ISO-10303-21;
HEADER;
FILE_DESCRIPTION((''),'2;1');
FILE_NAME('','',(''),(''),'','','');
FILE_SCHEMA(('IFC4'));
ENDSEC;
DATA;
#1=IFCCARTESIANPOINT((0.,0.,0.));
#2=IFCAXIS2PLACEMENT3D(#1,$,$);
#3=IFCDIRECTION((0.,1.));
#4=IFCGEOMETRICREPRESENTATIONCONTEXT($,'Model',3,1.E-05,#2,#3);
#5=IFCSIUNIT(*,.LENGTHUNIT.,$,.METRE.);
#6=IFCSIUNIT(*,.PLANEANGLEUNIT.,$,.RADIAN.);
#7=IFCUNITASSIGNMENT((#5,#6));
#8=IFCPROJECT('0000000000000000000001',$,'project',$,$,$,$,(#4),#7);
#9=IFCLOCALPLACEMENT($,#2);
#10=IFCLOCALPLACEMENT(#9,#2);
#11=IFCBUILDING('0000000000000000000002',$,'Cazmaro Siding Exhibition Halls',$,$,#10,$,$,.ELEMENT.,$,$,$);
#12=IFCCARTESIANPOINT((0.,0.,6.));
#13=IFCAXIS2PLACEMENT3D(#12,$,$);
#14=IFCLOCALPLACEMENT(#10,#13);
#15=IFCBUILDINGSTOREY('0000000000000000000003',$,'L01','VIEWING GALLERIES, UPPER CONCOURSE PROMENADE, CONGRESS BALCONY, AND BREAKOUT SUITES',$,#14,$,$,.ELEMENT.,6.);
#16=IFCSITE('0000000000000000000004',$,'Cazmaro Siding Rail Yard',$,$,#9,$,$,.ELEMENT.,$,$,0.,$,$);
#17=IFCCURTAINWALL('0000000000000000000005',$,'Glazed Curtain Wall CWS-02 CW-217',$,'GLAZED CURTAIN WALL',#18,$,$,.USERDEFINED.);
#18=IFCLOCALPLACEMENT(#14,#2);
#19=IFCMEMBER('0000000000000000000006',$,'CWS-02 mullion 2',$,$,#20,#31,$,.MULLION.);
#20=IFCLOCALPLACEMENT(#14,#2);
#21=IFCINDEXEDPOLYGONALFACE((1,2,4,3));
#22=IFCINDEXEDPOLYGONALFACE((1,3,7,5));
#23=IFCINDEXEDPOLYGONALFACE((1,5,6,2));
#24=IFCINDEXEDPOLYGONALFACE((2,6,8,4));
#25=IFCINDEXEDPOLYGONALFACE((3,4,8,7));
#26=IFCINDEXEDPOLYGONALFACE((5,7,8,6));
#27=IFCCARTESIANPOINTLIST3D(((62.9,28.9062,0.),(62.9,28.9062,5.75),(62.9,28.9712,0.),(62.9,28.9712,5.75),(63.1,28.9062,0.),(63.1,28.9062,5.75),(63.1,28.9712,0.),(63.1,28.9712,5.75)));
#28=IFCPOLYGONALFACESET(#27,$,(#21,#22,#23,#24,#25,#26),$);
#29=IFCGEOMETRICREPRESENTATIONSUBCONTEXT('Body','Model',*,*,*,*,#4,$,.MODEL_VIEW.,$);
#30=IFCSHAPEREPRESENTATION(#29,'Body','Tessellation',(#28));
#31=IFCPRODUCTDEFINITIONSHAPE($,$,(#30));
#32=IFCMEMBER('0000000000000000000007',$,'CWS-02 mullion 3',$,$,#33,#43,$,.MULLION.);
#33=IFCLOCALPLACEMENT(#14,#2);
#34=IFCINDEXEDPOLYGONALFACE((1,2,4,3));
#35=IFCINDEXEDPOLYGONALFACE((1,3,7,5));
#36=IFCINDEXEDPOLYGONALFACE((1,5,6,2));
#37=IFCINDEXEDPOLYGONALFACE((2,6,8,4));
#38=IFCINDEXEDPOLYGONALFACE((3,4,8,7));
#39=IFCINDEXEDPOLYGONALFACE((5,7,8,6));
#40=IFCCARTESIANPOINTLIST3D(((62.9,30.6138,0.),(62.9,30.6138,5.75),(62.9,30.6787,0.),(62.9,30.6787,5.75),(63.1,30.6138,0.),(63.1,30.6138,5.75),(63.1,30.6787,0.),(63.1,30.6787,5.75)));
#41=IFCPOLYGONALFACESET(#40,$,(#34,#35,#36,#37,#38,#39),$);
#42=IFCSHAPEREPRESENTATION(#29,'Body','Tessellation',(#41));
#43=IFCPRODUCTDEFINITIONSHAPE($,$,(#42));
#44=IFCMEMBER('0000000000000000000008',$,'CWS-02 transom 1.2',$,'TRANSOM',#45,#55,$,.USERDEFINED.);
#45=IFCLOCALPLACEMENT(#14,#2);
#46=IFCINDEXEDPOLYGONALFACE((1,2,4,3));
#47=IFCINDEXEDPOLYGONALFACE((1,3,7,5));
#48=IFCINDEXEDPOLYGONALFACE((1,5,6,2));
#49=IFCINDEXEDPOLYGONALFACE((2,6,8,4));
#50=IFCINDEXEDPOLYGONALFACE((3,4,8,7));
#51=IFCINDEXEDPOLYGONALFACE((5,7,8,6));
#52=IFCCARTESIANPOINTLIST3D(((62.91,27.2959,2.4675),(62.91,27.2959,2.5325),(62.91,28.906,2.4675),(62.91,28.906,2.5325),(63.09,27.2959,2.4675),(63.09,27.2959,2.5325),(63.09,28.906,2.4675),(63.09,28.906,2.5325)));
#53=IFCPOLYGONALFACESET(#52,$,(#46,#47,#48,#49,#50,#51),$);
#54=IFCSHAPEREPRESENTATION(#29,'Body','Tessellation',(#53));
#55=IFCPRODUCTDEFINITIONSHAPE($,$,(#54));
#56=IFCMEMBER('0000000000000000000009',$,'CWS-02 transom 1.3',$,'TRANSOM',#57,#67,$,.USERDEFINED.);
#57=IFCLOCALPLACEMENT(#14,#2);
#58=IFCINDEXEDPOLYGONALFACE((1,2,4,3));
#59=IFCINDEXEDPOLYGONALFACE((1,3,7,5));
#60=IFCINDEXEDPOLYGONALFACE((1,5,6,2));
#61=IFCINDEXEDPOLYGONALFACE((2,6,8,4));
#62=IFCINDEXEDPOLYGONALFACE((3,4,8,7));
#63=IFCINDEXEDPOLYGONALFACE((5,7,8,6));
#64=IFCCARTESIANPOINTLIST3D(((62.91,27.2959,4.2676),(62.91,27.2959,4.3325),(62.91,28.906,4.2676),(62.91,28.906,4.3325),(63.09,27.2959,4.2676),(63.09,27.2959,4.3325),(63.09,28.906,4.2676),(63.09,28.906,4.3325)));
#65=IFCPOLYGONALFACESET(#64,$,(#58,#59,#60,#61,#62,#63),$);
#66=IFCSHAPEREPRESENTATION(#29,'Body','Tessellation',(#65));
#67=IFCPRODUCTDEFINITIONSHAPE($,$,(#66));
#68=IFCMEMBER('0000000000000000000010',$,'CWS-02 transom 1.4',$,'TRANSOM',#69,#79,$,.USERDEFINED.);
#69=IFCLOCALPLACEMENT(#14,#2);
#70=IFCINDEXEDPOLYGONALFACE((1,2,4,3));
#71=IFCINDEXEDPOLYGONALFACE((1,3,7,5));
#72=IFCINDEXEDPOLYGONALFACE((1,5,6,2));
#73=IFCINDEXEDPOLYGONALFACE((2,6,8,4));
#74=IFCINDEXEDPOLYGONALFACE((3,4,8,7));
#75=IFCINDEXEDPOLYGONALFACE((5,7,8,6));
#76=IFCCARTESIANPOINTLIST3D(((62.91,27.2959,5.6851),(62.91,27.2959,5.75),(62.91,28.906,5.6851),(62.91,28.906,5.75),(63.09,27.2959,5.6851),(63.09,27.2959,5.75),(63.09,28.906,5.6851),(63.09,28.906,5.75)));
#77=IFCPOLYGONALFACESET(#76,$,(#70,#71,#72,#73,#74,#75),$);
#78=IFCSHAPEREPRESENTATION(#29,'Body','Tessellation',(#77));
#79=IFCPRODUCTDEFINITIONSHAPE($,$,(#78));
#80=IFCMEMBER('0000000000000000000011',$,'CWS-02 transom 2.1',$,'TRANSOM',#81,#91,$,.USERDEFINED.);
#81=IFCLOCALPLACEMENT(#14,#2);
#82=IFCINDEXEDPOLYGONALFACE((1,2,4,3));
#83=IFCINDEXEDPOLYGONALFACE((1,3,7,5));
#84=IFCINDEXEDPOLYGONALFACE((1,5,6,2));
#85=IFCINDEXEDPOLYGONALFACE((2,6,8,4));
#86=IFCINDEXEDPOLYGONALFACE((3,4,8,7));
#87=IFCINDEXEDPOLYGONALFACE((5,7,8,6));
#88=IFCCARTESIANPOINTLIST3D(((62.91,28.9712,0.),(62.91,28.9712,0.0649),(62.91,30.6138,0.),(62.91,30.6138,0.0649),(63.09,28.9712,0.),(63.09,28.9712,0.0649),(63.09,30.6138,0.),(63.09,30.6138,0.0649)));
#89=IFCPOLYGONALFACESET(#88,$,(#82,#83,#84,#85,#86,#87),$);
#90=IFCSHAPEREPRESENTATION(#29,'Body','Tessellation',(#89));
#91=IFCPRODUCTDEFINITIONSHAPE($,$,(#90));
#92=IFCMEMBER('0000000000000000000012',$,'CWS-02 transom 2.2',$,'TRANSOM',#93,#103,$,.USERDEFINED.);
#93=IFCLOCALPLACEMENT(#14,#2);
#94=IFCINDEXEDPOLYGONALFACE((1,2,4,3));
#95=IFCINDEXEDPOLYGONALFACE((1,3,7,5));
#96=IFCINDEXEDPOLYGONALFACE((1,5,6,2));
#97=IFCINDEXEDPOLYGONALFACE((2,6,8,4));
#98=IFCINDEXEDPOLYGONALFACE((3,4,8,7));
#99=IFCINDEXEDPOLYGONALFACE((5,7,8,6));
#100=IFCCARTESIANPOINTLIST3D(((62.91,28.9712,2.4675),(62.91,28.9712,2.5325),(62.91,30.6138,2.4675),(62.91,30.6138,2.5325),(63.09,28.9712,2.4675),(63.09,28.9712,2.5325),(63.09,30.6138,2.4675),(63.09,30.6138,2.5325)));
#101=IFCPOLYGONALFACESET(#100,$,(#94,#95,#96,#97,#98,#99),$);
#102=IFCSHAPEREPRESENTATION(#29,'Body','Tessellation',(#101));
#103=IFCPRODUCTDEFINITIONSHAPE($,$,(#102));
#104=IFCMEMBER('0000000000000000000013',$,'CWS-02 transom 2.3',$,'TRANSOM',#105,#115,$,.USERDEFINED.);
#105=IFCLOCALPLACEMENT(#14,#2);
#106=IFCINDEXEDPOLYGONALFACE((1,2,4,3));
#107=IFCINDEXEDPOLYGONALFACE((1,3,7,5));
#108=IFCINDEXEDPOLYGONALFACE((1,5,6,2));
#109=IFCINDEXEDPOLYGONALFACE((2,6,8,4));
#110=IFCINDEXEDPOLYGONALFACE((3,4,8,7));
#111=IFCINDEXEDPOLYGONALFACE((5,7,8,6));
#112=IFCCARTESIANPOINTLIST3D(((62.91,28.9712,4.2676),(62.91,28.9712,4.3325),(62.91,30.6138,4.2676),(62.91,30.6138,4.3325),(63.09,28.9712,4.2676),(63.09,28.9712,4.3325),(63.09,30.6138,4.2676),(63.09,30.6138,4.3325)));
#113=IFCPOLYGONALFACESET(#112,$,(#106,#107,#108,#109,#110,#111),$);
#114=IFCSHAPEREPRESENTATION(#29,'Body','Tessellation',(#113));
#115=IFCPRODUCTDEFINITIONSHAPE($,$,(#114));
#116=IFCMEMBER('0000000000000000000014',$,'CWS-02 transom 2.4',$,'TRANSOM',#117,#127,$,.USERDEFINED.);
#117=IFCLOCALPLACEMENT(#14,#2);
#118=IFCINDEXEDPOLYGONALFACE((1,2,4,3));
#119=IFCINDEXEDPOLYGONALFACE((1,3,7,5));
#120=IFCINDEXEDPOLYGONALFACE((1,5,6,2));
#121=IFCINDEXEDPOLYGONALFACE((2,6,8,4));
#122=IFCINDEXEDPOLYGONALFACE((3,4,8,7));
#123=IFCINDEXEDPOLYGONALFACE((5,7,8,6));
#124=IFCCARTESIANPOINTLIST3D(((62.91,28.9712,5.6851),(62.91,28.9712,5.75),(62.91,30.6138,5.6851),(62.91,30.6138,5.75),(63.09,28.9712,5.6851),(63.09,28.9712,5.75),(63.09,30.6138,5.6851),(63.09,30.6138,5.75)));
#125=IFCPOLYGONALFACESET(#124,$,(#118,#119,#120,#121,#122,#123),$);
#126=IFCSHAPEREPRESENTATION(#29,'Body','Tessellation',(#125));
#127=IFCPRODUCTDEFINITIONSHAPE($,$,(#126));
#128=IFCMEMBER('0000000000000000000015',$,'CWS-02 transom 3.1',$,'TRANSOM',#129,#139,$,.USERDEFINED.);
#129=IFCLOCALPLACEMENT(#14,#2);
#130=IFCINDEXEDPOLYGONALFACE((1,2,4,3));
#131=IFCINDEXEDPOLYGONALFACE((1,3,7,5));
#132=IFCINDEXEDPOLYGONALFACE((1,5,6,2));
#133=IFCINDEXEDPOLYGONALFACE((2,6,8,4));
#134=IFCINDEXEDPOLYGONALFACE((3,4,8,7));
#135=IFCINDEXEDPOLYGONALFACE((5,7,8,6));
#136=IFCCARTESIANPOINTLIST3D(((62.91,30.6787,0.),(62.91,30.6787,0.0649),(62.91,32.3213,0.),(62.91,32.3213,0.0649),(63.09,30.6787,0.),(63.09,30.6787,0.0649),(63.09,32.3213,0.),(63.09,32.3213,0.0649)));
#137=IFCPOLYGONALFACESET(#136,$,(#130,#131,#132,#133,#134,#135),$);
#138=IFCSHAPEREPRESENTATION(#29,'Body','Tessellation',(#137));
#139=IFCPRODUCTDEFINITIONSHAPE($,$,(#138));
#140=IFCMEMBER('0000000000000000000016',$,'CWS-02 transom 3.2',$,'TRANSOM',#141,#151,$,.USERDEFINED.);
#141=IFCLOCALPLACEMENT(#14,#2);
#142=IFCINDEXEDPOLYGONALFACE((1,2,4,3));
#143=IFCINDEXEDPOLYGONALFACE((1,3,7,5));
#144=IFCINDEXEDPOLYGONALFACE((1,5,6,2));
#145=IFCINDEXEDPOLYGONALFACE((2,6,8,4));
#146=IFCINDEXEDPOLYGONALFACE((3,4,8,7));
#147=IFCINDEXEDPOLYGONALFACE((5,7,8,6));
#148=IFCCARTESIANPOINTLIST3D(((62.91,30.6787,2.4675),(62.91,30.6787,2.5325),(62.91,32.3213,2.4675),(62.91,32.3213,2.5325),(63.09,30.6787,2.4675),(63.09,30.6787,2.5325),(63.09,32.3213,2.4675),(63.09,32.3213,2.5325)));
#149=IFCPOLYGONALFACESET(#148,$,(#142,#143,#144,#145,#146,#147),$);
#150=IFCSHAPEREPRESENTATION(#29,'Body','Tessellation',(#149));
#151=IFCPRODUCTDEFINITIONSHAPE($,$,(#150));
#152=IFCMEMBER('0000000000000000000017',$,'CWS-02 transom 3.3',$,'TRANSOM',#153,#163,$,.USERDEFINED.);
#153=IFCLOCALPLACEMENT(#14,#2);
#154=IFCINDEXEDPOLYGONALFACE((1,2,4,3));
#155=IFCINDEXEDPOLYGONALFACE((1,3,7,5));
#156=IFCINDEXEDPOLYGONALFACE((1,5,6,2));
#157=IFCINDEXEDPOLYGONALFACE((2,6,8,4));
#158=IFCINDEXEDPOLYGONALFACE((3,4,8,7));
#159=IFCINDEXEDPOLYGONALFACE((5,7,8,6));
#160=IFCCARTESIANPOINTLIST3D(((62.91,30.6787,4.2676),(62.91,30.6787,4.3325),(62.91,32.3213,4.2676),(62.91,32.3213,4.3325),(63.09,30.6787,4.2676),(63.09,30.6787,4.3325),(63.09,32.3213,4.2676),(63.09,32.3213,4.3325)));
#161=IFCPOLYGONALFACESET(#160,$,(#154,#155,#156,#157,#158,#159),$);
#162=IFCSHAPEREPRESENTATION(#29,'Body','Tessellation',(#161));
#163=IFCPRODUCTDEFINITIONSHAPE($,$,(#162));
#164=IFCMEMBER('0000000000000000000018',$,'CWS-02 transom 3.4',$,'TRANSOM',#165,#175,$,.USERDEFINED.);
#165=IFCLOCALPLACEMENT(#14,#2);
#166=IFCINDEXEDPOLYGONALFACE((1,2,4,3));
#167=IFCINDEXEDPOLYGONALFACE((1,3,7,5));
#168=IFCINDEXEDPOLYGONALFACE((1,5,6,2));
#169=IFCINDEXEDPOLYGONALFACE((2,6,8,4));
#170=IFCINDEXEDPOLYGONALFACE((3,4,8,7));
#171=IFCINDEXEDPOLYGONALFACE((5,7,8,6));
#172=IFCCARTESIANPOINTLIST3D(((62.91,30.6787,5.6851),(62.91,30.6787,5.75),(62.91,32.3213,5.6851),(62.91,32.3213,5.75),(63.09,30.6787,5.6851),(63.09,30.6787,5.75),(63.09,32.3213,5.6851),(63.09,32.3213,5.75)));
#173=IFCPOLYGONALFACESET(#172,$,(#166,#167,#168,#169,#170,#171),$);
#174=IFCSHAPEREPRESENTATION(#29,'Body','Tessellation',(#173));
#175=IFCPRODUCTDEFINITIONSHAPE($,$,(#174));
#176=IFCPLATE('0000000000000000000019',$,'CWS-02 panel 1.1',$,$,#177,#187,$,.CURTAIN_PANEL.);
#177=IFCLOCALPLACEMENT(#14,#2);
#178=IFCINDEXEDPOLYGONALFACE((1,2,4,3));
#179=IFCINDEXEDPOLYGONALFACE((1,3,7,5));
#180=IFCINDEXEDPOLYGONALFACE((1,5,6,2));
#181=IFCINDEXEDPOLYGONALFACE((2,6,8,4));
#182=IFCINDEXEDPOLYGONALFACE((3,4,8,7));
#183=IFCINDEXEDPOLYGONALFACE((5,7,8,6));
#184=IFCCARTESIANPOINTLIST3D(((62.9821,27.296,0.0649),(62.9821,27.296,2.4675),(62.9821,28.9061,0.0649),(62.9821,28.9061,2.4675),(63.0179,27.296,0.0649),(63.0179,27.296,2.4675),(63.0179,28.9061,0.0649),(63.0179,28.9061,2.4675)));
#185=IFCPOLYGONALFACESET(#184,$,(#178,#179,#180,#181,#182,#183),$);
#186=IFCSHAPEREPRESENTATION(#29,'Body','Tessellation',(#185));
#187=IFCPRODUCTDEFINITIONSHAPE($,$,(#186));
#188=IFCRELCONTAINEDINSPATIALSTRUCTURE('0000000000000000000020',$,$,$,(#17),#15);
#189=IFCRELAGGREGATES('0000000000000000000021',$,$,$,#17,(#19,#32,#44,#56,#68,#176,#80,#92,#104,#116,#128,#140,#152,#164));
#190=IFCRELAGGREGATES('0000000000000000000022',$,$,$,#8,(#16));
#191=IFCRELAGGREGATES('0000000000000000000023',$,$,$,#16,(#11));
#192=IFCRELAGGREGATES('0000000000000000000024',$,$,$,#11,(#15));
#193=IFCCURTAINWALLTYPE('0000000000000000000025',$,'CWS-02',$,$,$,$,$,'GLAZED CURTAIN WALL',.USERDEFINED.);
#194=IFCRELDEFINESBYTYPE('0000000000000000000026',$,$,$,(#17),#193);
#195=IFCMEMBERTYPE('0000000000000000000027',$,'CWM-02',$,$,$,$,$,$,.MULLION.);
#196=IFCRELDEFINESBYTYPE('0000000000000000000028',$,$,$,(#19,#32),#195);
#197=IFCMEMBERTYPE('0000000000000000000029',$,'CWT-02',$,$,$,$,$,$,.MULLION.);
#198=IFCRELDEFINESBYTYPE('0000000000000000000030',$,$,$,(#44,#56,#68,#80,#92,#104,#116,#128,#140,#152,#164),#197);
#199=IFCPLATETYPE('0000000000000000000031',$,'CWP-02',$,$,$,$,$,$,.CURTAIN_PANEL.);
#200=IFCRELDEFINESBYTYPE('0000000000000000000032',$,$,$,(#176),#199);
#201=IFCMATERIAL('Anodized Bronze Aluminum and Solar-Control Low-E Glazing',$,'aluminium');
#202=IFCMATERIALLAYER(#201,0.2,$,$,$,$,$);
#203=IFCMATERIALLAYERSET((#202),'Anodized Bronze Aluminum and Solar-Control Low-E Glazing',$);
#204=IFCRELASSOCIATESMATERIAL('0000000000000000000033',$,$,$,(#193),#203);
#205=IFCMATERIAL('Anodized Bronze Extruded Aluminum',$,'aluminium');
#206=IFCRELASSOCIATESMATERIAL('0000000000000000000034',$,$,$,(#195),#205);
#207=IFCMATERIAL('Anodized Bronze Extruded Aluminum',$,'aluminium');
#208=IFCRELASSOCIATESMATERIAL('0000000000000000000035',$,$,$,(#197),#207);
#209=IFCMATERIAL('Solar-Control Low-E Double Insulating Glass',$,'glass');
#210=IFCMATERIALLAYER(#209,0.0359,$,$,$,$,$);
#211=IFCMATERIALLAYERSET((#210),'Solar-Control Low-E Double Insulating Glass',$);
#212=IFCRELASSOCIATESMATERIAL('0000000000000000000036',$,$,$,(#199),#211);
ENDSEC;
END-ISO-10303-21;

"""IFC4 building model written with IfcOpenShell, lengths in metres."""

from ifc_helpers import new_model, si_unit, direction, frame, origin, origin_2d, place, context, subcontext, project, spatial, rectangle, extrude, material, layer, layer_set, material_profile, profile_set, type_object, element, aggregate, save


model = new_model("IFC4")

# Units and contexts
model_context = context("Model", 3, precision=1e-05, world=origin(), true_north=direction((0.0, 1.0)))
body_context = subcontext(model_context, "Body", "Model", "MODEL_VIEW")
ifc_project = project(units=[si_unit("LENGTHUNIT", "METRE"), si_unit("PLANEANGLEUNIT", "RADIAN")], contexts=[model_context])

# Site, building, storey
site_placement = place(None, origin())
site = spatial("IfcSite", under=ifc_project, at=site_placement, Name="Cazmaro Siding Rail Yard", CompositionType="ELEMENT", RefElevation=0.0)
building_placement = place(site_placement, origin())
building = spatial("IfcBuilding", under=site, at=building_placement, Name="Cazmaro Siding Exhibition Halls", CompositionType="ELEMENT")
storey_placement = place(building_placement, frame((0.0, 0.0, 6.0)))
storey = spatial("IfcBuildingStorey", under=building, at=storey_placement, Name="L01", Description="VIEWING GALLERIES, UPPER CONCOURSE PROMENADE, CONGRESS BALCONY, AND BREAKOUT SUITES", CompositionType="ELEMENT", Elevation=6.0)

# Curtain wall, members, plate
ifc_material_1 = material(Name="Anodized Bronze Aluminum and Solar-Control Low-E Glazing", Category="aluminium")
ifc_layer_1 = layer(ifc_material_1, 0.2)
ifc_layer_set_1 = layer_set([ifc_layer_1], Name="Anodized Bronze Aluminum and Solar-Control Low-E Glazing")
curtain_wall_type = type_object("IfcCurtainWallType", Name="CWS-02", ElementType="GLAZED CURTAIN WALL", PredefinedType="USERDEFINED", material=ifc_layer_set_1)
curtain_wall_placement = place(storey_placement, origin())
curtain_wall = element("IfcCurtainWall", 1, at=curtain_wall_placement, inside=storey, type_object=curtain_wall_type, Name="Glazed Curtain Wall CWS-02 CW-217", ObjectType="GLAZED CURTAIN WALL", PredefinedType="USERDEFINED")
ifc_material_2 = material(Name="Anodized Bronze Extruded Aluminum", Category="aluminium")
ifc_material_profile_1 = material_profile(ifc_material_2, rectangle(XDim=0.2, YDim=0.0649, at=origin_2d()), Name="CWM-02")
ifc_profile_set_1 = profile_set([ifc_material_profile_1], Name="Anodized Bronze Extruded Aluminum")
member_type_1 = type_object("IfcMemberType", Name="CWM-02", PredefinedType="MULLION", material=ifc_profile_set_1)
member_1_placement = place(storey_placement, frame((63.0, 28.9387, 0.0), z_axis=(0.0, 0.0, 1.0), x_axis=(-1.0, 0.0, 0.0)))
member_1 = element("IfcMember", 2, at=member_1_placement, type_object=member_type_1, Name="CWS-02 mullion 2", PredefinedType="MULLION", context=body_context, shape_type="SweptSolid", body=[
    extrude(rectangle(XDim=0.2, YDim=0.0649, at=origin_2d()), origin(), (0.0, 0.0, 1.0), 5.75),
])
member_2_placement = place(storey_placement, frame((63.0, 30.6462, 0.0), z_axis=(0.0, 0.0, 1.0), x_axis=(-1.0, 0.0, 0.0)))
member_2 = element("IfcMember", 3, at=member_2_placement, type_object=member_type_1, Name="CWS-02 mullion 3", PredefinedType="MULLION", context=body_context, shape_type="SweptSolid", body=[
    extrude(rectangle(XDim=0.2, YDim=0.0649, at=origin_2d()), origin(), (0.0, 0.0, 1.0), 5.75),
])
ifc_material_3 = material(Name="Anodized Bronze Extruded Aluminum", Category="aluminium")
ifc_material_profile_2 = material_profile(ifc_material_3, rectangle(XDim=0.1799, YDim=0.0649, at=origin_2d()), Name="CWT-02")
ifc_profile_set_2 = profile_set([ifc_material_profile_2], Name="Anodized Bronze Extruded Aluminum")
member_type_2 = type_object("IfcMemberType", Name="CWT-02", PredefinedType="MULLION", material=ifc_profile_set_2)
member_3_placement = place(storey_placement, frame((63.0, 27.2959, 2.5), z_axis=(0.0, 1.0, 0.0), x_axis=(-1.0, 0.0, 0.0)))
member_3 = element("IfcMember", 4, at=member_3_placement, type_object=member_type_2, Name="CWS-02 transom 1.2", ObjectType="TRANSOM", PredefinedType="USERDEFINED", context=body_context, shape_type="SweptSolid", body=[
    extrude(rectangle(XDim=0.1799, YDim=0.0649, at=origin_2d()), origin(), (0.0, 0.0, 1.0), 1.6101),
])
member_4_placement = place(storey_placement, frame((63.0, 27.2959, 4.3), z_axis=(0.0, 1.0, 0.0), x_axis=(-1.0, 0.0, 0.0)))
member_4 = element("IfcMember", 5, at=member_4_placement, type_object=member_type_2, Name="CWS-02 transom 1.3", ObjectType="TRANSOM", PredefinedType="USERDEFINED", context=body_context, shape_type="SweptSolid", body=[
    extrude(rectangle(XDim=0.1799, YDim=0.0649, at=origin_2d()), origin(), (0.0, 0.0, 1.0), 1.6101),
])
member_5_placement = place(storey_placement, frame((63.0, 27.2959, 5.7175), z_axis=(0.0, 1.0, 0.0), x_axis=(-1.0, 0.0, 0.0)))
member_5 = element("IfcMember", 6, at=member_5_placement, type_object=member_type_2, Name="CWS-02 transom 1.4", ObjectType="TRANSOM", PredefinedType="USERDEFINED", context=body_context, shape_type="SweptSolid", body=[
    extrude(rectangle(XDim=0.1799, YDim=0.0649, at=origin_2d()), origin(), (0.0, 0.0, 1.0), 1.6101),
])
member_6_placement = place(storey_placement, frame((63.0, 28.9712, 0.0325), z_axis=(0.0, 1.0, 0.0), x_axis=(-1.0, 0.0, 0.0)))
member_6 = element("IfcMember", 7, at=member_6_placement, type_object=member_type_2, Name="CWS-02 transom 2.1", ObjectType="TRANSOM", PredefinedType="USERDEFINED", context=body_context, shape_type="SweptSolid", body=[
    extrude(rectangle(XDim=0.1799, YDim=0.0649, at=origin_2d()), origin(), (0.0, 0.0, 1.0), 1.6426),
])
member_7_placement = place(storey_placement, frame((63.0, 28.9712, 2.5), z_axis=(0.0, 1.0, 0.0), x_axis=(-1.0, 0.0, 0.0)))
member_7 = element("IfcMember", 8, at=member_7_placement, type_object=member_type_2, Name="CWS-02 transom 2.2", ObjectType="TRANSOM", PredefinedType="USERDEFINED", context=body_context, shape_type="SweptSolid", body=[
    extrude(rectangle(XDim=0.1799, YDim=0.0649, at=origin_2d()), origin(), (0.0, 0.0, 1.0), 1.6426),
])
member_8_placement = place(storey_placement, frame((63.0, 28.9712, 4.3), z_axis=(0.0, 1.0, 0.0), x_axis=(-1.0, 0.0, 0.0)))
member_8 = element("IfcMember", 9, at=member_8_placement, type_object=member_type_2, Name="CWS-02 transom 2.3", ObjectType="TRANSOM", PredefinedType="USERDEFINED", context=body_context, shape_type="SweptSolid", body=[
    extrude(rectangle(XDim=0.1799, YDim=0.0649, at=origin_2d()), origin(), (0.0, 0.0, 1.0), 1.6426),
])
member_9_placement = place(storey_placement, frame((63.0, 28.9712, 5.7175), z_axis=(0.0, 1.0, 0.0), x_axis=(-1.0, 0.0, 0.0)))
member_9 = element("IfcMember", 10, at=member_9_placement, type_object=member_type_2, Name="CWS-02 transom 2.4", ObjectType="TRANSOM", PredefinedType="USERDEFINED", context=body_context, shape_type="SweptSolid", body=[
    extrude(rectangle(XDim=0.1799, YDim=0.0649, at=origin_2d()), origin(), (0.0, 0.0, 1.0), 1.6426),
])
member_10_placement = place(storey_placement, frame((63.0, 30.6787, 0.0325), z_axis=(0.0, 1.0, 0.0), x_axis=(-1.0, 0.0, 0.0)))
member_10 = element("IfcMember", 11, at=member_10_placement, type_object=member_type_2, Name="CWS-02 transom 3.1", ObjectType="TRANSOM", PredefinedType="USERDEFINED", context=body_context, shape_type="SweptSolid", body=[
    extrude(rectangle(XDim=0.1799, YDim=0.0649, at=origin_2d()), origin(), (0.0, 0.0, 1.0), 1.6426),
])
member_11_placement = place(storey_placement, frame((63.0, 30.6787, 2.5), z_axis=(0.0, 1.0, 0.0), x_axis=(-1.0, 0.0, 0.0)))
member_11 = element("IfcMember", 12, at=member_11_placement, type_object=member_type_2, Name="CWS-02 transom 3.2", ObjectType="TRANSOM", PredefinedType="USERDEFINED", context=body_context, shape_type="SweptSolid", body=[
    extrude(rectangle(XDim=0.1799, YDim=0.0649, at=origin_2d()), origin(), (0.0, 0.0, 1.0), 1.6426),
])
member_12_placement = place(storey_placement, frame((63.0, 30.6787, 4.3), z_axis=(0.0, 1.0, 0.0), x_axis=(-1.0, 0.0, 0.0)))
member_12 = element("IfcMember", 13, at=member_12_placement, type_object=member_type_2, Name="CWS-02 transom 3.3", ObjectType="TRANSOM", PredefinedType="USERDEFINED", context=body_context, shape_type="SweptSolid", body=[
    extrude(rectangle(XDim=0.1799, YDim=0.0649, at=origin_2d()), origin(), (0.0, 0.0, 1.0), 1.6426),
])
member_13_placement = place(storey_placement, frame((63.0, 30.6787, 5.7175), z_axis=(0.0, 1.0, 0.0), x_axis=(-1.0, 0.0, 0.0)))
member_13 = element("IfcMember", 14, at=member_13_placement, type_object=member_type_2, Name="CWS-02 transom 3.4", ObjectType="TRANSOM", PredefinedType="USERDEFINED", context=body_context, shape_type="SweptSolid", body=[
    extrude(rectangle(XDim=0.1799, YDim=0.0649, at=origin_2d()), origin(), (0.0, 0.0, 1.0), 1.6426),
])
ifc_material_4 = material(Name="Solar-Control Low-E Double Insulating Glass", Category="glass")
ifc_layer_2 = layer(ifc_material_4, 0.0359)
ifc_layer_set_2 = layer_set([ifc_layer_2], Name="Solar-Control Low-E Double Insulating Glass")
plate_type = type_object("IfcPlateType", Name="CWP-02", PredefinedType="CURTAIN_PANEL", material=ifc_layer_set_2)
plate_1_placement = place(storey_placement, frame((63.0, 28.1011, 0.0649), z_axis=(0.0, 0.0, 1.0), x_axis=(0.0, 1.0, 0.0)))
plate_1 = element("IfcPlate", 15, at=plate_1_placement, type_object=plate_type, Name="CWS-02 panel 1.1", PredefinedType="CURTAIN_PANEL", context=body_context, shape_type="SweptSolid", body=[
    extrude(rectangle(XDim=1.6101, YDim=0.0359, at=origin_2d()), origin(), (0.0, 0.0, 1.0), 2.4026),
])
aggregate(curtain_wall, [member_1, member_2, member_3, member_4, member_5, plate_1, member_6, member_7, member_8, member_9, member_10, member_11, member_12, member_13])

save(model, "model.ifc")
